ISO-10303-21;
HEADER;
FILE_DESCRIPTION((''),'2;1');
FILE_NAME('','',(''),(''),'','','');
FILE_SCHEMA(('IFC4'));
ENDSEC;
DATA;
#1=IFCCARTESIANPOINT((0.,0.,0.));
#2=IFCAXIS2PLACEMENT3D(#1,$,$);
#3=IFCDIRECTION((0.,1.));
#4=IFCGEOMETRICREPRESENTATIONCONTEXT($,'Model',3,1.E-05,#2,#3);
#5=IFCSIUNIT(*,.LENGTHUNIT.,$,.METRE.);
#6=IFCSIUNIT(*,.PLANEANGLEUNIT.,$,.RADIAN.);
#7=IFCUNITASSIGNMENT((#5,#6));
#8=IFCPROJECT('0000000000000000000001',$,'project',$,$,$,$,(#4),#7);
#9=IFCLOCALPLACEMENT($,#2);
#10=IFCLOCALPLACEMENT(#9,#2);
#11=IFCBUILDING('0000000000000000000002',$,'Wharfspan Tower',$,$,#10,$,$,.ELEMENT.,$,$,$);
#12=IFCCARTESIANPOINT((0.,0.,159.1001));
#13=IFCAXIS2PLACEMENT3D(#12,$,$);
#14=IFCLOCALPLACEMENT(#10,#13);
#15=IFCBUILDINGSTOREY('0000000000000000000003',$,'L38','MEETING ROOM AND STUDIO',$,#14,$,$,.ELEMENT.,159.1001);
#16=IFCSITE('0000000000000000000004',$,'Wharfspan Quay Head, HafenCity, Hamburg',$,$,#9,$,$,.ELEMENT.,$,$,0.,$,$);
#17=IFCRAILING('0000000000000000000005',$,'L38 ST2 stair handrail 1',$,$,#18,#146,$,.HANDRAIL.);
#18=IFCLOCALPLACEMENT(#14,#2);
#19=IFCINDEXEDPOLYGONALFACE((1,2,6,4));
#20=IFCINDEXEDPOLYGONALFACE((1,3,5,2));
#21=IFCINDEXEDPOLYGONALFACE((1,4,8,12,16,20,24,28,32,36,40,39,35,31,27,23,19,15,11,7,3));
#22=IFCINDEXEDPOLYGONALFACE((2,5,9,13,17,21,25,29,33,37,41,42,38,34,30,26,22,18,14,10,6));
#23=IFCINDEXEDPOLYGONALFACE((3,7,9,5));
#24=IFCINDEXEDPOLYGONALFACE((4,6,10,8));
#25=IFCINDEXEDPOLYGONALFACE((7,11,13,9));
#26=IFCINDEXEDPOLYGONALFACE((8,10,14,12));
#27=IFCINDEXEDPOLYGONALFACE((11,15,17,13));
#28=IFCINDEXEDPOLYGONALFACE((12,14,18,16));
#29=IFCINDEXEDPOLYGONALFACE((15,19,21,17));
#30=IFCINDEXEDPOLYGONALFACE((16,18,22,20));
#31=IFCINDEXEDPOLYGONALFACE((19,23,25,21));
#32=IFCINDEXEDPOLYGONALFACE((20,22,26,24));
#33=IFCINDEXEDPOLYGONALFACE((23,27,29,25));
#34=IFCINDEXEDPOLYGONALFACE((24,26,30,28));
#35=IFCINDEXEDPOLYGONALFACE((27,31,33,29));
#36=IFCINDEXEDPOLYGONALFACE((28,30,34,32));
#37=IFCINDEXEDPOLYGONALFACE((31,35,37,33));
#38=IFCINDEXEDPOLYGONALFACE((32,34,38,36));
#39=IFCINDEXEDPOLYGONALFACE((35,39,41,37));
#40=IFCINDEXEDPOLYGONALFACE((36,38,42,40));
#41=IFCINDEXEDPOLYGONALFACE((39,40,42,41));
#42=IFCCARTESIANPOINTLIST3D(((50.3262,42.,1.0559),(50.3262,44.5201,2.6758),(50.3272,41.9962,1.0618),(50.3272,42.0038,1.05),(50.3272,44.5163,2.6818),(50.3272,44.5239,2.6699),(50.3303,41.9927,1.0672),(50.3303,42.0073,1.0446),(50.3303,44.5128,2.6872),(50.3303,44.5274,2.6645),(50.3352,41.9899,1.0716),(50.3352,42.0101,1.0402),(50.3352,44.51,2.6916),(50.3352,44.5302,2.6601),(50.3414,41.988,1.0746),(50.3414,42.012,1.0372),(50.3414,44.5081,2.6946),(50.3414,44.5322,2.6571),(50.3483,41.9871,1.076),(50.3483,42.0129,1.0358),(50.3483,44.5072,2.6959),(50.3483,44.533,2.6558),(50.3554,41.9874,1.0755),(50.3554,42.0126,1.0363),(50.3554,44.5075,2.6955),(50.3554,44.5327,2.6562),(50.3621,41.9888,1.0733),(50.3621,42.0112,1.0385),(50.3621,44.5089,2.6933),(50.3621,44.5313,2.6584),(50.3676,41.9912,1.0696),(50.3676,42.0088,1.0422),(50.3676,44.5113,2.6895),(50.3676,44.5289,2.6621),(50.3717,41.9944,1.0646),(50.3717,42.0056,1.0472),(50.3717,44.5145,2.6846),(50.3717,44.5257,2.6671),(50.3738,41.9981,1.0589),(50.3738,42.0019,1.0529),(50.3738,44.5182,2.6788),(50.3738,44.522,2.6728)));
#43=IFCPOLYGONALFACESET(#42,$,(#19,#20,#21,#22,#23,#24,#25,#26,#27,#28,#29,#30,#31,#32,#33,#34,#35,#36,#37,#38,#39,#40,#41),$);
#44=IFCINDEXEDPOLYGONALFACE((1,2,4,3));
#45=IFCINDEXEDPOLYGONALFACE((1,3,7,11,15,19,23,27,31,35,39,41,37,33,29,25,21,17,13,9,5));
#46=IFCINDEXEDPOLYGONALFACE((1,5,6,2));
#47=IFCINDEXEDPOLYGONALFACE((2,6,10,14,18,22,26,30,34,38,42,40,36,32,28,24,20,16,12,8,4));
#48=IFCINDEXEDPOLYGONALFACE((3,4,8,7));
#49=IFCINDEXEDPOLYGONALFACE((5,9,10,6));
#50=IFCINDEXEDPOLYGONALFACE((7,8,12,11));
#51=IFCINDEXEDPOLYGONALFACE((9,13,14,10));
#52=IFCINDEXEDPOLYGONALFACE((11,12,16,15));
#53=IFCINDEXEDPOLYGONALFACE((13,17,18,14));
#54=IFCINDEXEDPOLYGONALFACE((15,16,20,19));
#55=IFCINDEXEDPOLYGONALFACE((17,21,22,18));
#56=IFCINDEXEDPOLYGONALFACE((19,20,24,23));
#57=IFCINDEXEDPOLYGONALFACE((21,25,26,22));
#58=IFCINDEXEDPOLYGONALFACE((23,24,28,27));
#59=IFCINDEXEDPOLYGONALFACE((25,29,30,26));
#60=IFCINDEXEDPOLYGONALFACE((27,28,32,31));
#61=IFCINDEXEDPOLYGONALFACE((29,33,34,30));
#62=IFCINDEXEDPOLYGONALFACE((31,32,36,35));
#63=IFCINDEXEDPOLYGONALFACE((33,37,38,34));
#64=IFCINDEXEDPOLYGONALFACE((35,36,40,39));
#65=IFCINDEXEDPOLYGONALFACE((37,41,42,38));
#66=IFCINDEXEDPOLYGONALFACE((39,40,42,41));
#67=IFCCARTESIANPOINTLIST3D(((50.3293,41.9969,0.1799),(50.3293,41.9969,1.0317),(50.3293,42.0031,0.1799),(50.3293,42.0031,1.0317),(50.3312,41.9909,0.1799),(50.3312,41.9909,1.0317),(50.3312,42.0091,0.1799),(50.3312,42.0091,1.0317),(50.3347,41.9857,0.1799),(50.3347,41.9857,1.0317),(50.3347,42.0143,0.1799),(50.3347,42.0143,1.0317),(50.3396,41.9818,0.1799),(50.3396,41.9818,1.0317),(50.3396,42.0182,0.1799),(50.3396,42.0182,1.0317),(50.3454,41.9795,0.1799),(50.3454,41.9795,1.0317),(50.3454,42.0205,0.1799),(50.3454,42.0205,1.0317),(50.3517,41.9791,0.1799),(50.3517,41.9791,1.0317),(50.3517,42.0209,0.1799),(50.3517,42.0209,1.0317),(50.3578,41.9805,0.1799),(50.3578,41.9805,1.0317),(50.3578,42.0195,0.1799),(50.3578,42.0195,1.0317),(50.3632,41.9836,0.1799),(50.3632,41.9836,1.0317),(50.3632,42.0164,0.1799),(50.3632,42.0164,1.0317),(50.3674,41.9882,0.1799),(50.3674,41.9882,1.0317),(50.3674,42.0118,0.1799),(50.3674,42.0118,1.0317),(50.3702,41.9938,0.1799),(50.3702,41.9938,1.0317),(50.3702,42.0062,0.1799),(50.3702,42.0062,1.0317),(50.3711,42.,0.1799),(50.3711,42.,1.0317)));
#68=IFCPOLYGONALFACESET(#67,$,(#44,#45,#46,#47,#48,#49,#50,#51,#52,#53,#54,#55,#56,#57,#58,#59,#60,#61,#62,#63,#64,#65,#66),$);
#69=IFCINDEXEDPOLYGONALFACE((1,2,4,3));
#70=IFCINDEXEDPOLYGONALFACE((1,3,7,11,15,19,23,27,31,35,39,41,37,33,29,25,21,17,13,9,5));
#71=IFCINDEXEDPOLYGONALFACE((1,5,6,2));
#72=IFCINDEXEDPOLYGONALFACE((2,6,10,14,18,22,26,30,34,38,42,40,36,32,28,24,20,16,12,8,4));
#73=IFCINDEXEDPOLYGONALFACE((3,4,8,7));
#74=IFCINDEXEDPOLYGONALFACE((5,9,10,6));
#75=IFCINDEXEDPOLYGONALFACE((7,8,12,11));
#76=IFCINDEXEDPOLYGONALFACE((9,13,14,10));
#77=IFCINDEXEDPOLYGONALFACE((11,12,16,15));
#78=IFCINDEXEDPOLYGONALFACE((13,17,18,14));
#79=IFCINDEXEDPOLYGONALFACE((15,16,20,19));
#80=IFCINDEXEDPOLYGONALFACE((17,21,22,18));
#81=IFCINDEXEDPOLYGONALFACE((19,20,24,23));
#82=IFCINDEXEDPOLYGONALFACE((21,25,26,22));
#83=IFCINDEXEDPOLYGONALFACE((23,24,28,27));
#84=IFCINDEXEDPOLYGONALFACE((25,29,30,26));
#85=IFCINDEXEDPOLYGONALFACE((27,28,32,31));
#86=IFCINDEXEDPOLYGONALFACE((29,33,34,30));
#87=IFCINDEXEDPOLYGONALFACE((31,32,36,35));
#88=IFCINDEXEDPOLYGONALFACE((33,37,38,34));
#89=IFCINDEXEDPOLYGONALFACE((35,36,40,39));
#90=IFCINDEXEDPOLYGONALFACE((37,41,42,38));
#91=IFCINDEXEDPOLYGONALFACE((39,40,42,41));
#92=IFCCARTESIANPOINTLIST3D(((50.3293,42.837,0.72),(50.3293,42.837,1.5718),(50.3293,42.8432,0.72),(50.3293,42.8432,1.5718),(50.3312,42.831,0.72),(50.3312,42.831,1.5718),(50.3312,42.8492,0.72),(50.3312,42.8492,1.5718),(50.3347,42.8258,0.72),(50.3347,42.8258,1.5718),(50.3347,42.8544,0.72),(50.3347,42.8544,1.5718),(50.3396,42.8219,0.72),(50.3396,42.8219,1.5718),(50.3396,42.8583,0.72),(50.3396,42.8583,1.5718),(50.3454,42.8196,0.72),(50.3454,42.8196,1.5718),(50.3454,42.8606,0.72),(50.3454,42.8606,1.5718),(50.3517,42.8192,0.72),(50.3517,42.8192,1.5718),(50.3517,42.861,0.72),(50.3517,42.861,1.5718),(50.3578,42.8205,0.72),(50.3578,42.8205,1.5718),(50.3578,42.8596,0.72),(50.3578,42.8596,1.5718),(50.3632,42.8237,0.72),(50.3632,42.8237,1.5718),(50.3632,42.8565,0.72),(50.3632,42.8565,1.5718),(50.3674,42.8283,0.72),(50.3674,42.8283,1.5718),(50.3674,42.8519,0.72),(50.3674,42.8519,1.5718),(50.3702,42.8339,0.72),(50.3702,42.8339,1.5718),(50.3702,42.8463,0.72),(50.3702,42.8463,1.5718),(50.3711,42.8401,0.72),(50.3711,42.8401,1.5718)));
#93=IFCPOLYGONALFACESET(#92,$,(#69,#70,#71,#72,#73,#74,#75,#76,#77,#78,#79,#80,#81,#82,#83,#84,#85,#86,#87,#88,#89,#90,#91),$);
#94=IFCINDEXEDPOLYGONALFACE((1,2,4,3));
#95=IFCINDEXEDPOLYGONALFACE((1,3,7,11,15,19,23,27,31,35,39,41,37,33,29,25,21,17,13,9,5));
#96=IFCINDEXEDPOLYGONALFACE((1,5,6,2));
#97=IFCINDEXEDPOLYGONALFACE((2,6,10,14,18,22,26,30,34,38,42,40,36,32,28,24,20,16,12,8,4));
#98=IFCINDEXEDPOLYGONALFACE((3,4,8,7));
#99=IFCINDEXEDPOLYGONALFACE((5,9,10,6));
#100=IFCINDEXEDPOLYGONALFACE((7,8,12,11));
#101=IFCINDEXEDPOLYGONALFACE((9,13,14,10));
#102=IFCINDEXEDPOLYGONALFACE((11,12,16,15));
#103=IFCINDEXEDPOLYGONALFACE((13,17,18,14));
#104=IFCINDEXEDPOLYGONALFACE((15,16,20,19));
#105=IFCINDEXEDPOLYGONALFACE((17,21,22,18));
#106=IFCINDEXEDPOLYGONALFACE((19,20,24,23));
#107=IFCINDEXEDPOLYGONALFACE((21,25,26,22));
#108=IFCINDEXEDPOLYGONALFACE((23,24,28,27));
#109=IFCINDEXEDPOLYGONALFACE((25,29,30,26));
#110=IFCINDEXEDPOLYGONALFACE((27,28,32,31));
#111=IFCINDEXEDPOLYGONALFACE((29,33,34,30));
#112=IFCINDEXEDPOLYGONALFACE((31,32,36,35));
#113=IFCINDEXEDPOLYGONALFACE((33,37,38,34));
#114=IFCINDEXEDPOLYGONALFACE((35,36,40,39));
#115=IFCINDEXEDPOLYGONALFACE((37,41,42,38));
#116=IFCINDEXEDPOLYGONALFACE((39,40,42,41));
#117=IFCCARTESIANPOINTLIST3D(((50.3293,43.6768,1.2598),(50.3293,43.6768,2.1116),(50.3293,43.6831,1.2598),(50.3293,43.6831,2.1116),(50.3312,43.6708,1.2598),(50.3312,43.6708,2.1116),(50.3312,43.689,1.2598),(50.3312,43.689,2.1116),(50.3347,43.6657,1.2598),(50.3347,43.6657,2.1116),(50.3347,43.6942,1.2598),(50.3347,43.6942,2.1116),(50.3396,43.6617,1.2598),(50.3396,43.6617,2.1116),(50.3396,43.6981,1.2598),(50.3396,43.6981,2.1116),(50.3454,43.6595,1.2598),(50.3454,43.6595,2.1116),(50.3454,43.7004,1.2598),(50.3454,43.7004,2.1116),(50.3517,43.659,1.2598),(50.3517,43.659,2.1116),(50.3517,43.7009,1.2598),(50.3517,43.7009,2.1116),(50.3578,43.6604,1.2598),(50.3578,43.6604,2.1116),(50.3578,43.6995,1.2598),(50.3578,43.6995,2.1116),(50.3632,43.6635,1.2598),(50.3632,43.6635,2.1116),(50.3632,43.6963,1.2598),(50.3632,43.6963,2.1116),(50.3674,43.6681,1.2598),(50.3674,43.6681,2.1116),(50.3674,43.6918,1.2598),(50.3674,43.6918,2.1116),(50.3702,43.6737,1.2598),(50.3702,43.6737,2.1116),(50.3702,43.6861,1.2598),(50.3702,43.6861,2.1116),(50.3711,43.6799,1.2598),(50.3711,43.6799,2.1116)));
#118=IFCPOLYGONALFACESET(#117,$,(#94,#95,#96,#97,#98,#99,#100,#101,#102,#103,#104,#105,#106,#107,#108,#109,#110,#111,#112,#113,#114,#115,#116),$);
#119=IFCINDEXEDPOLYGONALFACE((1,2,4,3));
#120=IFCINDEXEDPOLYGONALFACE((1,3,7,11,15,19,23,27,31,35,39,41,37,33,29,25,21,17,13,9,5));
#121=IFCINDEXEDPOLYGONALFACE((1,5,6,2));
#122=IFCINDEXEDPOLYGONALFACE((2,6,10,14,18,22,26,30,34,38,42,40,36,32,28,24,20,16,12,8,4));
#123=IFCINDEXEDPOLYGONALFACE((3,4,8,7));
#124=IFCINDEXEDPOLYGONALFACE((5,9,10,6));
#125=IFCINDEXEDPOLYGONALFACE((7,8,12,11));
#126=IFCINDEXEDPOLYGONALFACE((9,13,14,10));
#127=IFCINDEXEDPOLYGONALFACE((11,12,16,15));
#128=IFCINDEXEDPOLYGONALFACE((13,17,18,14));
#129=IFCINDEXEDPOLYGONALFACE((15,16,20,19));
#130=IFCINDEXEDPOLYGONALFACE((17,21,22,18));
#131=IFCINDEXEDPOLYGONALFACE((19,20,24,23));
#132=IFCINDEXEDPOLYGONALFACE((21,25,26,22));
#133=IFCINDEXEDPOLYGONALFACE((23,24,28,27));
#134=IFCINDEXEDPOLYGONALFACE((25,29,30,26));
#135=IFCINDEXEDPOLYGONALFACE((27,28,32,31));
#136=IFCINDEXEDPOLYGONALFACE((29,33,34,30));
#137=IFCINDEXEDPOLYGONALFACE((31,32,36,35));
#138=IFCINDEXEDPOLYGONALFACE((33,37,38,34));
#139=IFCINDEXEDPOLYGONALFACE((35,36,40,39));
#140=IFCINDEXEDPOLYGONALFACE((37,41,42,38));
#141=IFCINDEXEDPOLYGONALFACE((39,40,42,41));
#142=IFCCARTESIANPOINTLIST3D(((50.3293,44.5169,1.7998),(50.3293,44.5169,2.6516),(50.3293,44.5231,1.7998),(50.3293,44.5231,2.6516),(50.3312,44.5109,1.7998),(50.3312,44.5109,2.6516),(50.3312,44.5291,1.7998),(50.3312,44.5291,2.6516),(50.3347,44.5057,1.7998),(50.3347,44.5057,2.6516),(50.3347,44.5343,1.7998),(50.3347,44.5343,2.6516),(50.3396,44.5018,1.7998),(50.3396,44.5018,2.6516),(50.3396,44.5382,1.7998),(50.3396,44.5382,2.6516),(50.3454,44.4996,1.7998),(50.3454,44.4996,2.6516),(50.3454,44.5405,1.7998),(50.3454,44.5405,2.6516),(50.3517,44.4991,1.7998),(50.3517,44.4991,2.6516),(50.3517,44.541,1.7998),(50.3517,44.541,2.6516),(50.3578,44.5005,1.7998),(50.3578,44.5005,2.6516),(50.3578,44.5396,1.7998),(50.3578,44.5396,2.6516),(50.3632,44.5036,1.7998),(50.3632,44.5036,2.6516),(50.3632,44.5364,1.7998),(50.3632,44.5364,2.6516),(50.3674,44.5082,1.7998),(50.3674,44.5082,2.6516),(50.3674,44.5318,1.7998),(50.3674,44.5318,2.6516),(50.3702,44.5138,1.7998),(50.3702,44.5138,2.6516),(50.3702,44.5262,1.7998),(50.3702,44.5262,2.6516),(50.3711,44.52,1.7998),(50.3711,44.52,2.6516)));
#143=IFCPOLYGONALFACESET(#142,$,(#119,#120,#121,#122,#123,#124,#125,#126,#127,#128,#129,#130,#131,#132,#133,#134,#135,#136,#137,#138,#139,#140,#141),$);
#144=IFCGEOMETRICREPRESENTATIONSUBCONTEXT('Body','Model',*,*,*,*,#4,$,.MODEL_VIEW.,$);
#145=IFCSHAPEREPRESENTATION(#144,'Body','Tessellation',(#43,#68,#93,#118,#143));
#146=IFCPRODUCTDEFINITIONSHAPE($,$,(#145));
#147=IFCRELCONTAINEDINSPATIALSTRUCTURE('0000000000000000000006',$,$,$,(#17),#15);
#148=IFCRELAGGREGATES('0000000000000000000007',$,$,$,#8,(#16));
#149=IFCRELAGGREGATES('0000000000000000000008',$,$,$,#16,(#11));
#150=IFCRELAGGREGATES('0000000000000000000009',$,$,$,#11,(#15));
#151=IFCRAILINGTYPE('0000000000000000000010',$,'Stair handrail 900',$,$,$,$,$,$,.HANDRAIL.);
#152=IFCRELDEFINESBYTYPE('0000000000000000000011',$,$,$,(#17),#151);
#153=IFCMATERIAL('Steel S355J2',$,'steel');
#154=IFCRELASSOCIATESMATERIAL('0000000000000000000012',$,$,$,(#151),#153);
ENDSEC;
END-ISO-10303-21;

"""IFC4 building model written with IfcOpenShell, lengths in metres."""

from ifc_helpers import new_model, si_unit, direction, frame, origin, origin_2d, place, context, subcontext, project, spatial, circle, extrude, material, type_object, element, save


model = new_model("IFC4")

# Units and contexts
model_context = context("Model", 3, precision=1e-05, world=origin(), true_north=direction((0.0, 1.0)))
body_context = subcontext(model_context, "Body", "Model", "MODEL_VIEW")
ifc_project = project(units=[si_unit("LENGTHUNIT", "METRE"), si_unit("PLANEANGLEUNIT", "RADIAN")], contexts=[model_context])

# Site, building, storey
site_placement = place(None, origin())
site = spatial("IfcSite", under=ifc_project, at=site_placement, Name="Wharfspan Quay Head, HafenCity, Hamburg", CompositionType="ELEMENT", RefElevation=0.0)
building_placement = place(site_placement, origin())
building = spatial("IfcBuilding", under=site, at=building_placement, Name="Wharfspan Tower", CompositionType="ELEMENT")
storey_placement = place(building_placement, frame((0.0, 0.0, 159.1001)))
storey = spatial("IfcBuildingStorey", under=building, at=storey_placement, Name="L38", Description="MEETING ROOM AND STUDIO", CompositionType="ELEMENT", Elevation=159.1001)

# Shared definitions
ifc_material_1 = material(Name="Steel S355J2", Category="steel")

# Railing
railing_type_1 = type_object("IfcRailingType", Name="Stair handrail 900", PredefinedType="HANDRAIL", material=ifc_material_1)
railing_1_placement = place(storey_placement, frame((50.3501, 42.0, 0.1799)))
element("IfcRailing", 1, at=railing_1_placement, inside=storey, type_object=railing_type_1, Name="L38 ST2 stair handrail 1", PredefinedType="HANDRAIL", context=body_context, shape_type="SweptSolid", body=[
    extrude(circle(Radius=0.0239, at=origin_2d()), frame((0.0, 0.0, 0.876), z_axis=(0.0, 0.8412, 0.540725), x_axis=(-1.0, 0.0, 0.0)), (0.0, 0.0, 1.0), 2.9958),
    extrude(circle(Radius=0.021, at=origin_2d()), origin(), (0.0, 0.0, 1.0), 0.8518),
    extrude(circle(Radius=0.021, at=origin_2d()), frame((0.0, 0.8401, 0.54)), (0.0, 0.0, 1.0), 0.8518),
    extrude(circle(Radius=0.021, at=origin_2d()), frame((0.0, 1.6799, 1.0798)), (0.0, 0.0, 1.0), 0.8518),
    extrude(circle(Radius=0.021, at=origin_2d()), frame((0.0, 2.52, 1.6199)), (0.0, 0.0, 1.0), 0.8518),
])

save(model, "model.ifc")
